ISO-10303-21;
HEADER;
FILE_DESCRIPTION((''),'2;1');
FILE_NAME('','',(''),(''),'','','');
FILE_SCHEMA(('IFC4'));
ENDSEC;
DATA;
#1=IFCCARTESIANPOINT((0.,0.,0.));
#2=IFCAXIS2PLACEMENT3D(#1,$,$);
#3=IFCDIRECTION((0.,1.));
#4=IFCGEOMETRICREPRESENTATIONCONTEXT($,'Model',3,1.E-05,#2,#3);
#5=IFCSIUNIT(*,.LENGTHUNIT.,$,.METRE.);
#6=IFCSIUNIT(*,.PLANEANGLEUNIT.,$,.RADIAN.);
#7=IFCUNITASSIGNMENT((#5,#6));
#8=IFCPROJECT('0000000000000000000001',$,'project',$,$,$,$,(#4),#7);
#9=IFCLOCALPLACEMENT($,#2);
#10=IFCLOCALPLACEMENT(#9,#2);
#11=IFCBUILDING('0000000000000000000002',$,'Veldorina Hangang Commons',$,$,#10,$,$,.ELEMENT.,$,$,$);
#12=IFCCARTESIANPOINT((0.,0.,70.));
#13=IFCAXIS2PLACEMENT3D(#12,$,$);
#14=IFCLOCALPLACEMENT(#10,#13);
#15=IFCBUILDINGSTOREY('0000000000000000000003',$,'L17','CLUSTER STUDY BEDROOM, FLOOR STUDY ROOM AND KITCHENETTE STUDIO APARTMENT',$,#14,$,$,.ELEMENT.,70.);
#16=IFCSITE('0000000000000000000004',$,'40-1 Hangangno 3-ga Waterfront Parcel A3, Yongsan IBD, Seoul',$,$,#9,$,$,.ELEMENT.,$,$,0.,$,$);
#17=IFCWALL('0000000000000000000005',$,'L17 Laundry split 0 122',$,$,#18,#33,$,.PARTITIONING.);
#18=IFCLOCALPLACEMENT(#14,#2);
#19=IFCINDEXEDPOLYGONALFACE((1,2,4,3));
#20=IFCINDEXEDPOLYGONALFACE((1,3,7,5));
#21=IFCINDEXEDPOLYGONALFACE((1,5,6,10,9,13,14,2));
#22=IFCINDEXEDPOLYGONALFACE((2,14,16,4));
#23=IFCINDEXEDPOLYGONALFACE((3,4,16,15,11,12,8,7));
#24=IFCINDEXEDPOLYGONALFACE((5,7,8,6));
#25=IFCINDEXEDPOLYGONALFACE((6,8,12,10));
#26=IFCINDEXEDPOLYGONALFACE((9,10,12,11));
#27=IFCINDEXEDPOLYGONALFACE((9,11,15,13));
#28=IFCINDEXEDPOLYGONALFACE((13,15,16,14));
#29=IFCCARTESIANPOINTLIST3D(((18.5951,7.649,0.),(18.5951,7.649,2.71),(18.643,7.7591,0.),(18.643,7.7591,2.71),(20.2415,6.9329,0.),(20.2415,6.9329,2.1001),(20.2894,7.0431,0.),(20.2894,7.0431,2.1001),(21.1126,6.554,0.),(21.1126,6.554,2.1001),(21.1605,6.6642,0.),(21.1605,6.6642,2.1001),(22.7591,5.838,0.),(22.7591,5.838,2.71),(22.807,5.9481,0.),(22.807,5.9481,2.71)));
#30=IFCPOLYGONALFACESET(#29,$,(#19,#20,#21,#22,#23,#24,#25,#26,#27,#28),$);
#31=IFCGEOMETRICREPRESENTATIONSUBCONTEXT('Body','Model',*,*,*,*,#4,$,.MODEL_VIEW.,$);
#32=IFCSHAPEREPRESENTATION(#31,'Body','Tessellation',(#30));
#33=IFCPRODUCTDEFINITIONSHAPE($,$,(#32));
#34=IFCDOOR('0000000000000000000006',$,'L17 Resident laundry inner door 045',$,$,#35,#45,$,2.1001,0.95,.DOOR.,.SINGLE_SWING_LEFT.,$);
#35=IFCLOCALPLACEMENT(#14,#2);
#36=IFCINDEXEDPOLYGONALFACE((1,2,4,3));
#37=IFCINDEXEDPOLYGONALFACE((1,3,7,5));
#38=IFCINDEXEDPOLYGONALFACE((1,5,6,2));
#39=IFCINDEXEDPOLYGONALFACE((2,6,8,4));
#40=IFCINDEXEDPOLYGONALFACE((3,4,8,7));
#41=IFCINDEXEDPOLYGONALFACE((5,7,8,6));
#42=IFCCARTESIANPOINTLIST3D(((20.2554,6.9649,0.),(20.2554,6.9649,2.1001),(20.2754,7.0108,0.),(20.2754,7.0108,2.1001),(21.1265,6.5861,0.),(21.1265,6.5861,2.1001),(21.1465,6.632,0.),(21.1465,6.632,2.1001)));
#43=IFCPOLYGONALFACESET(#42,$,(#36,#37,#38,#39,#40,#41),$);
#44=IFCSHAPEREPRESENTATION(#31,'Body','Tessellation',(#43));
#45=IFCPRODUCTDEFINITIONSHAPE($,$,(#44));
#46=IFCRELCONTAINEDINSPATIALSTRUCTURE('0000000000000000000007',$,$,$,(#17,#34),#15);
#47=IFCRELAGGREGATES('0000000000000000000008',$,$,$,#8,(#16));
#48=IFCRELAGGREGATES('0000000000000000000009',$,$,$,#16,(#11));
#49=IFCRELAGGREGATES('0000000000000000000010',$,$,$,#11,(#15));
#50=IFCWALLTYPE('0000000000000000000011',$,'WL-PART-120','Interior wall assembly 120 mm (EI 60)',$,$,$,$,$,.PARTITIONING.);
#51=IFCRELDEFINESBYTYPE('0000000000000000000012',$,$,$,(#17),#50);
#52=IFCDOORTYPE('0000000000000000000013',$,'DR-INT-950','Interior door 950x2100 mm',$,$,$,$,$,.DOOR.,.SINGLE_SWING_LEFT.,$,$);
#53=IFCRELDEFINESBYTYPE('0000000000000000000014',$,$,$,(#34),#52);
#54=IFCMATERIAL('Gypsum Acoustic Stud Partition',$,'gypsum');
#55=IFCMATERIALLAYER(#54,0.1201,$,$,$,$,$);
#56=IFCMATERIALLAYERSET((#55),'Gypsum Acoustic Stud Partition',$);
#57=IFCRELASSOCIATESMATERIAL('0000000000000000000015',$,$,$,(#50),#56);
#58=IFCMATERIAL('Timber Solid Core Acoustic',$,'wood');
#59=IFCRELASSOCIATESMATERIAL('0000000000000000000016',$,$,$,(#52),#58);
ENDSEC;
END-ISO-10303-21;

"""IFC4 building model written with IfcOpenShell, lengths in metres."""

from ifc_helpers import new_model, si_unit, direction, frame, frame_2d, origin, place, context, subcontext, project, spatial, rectangle, extrude, material, layer, layer_set, type_object, element, fill, save


model = new_model("IFC4")

# Units and contexts
model_context = context("Model", 3, precision=1e-05, world=origin(), true_north=direction((0.0, 1.0)))
body_context = subcontext(model_context, "Body", "Model", "MODEL_VIEW")
ifc_project = project(units=[si_unit("LENGTHUNIT", "METRE"), si_unit("PLANEANGLEUNIT", "RADIAN")], contexts=[model_context])

# Site, building, storey
site_placement = place(None, origin())
site = spatial("IfcSite", under=ifc_project, at=site_placement, Name="40-1 Hangangno 3-ga Waterfront Parcel A3, Yongsan IBD, Seoul", CompositionType="ELEMENT", RefElevation=0.0)
building_placement = place(site_placement, origin())
building = spatial("IfcBuilding", under=site, at=building_placement, Name="Veldorina Hangang Commons", CompositionType="ELEMENT")
storey_placement = place(building_placement, frame((0.0, 0.0, 70.0)))
storey = spatial("IfcBuildingStorey", under=building, at=storey_placement, Name="L17", Description="CLUSTER STUDY BEDROOM, FLOOR STUDY ROOM AND KITCHENETTE STUDIO APARTMENT", CompositionType="ELEMENT", Elevation=70.0)

# Shared definitions
ifc_material_1 = material(Name="Timber Solid Core Acoustic", Category="wood")

# Wall, opening, door
ifc_material_2 = material(Name="Gypsum Acoustic Stud Partition", Category="gypsum")
ifc_layer_1 = layer(ifc_material_2, 0.1201)
ifc_layer_set_1 = layer_set([ifc_layer_1], Name="Gypsum Acoustic Stud Partition")
wall_type_1 = type_object("IfcWallType", Name="WL-PART-120", Description="Interior wall assembly 120 mm (EI 60)", PredefinedType="PARTITIONING", material=ifc_layer_set_1)
wall_1_placement = place(storey_placement, frame((18.6189, 7.7041, 0.0), z_axis=(0.0, 0.0, 1.0), x_axis=(0.917024, -0.398832, 0.0)))
wall_1 = element("IfcWall", 1, at=wall_1_placement, inside=storey, type_object=wall_type_1, Name="L17 Laundry split 0 122", PredefinedType="PARTITIONING", context=body_context, shape_type="SweptSolid", body=[
    extrude(rectangle(XDim=4.5408, YDim=0.1201, at=frame_2d((2.2705, 0.0))), origin(), (0.0, 0.0, 1.0), 2.71),
])
opening_1_placement = place(wall_1_placement, frame((1.7954, 0.0, 0.0)))
opening_1 = element("IfcOpeningElement", 2, at=opening_1_placement, cuts=wall_1, PredefinedType="OPENING", context=body_context, shape_type="SweptSolid", body=[
    extrude(rectangle(XDim=0.95, YDim=2.1001, at=frame_2d((0.4751, 1.05))), frame((0.0, 0.0701, 0.0), z_axis=(0.0, -1.0, 0.0), x_axis=(1.0, 0.0, 0.0)), (0.0, 0.0, 1.0), 0.1401),
])
door_type_1 = type_object("IfcDoorType", Name="DR-INT-950", Description="Interior door 950x2100 mm", OperationType="SINGLE_SWING_LEFT", PredefinedType="DOOR", material=ifc_material_1)
door_1_placement = place(opening_1_placement, origin())
door_1 = element("IfcDoor", 3, at=door_1_placement, inside=storey, type_object=door_type_1, Name="L17 Resident laundry inner door 045", OperationType="SINGLE_SWING_LEFT", OverallHeight=2.1001, OverallWidth=0.95, PredefinedType="DOOR", context=body_context, shape_type="SweptSolid", body=[
    extrude(rectangle(XDim=0.95, YDim=2.1001, at=frame_2d((0.4751, 1.05))), frame((0.0, 0.0249, 0.0), z_axis=(0.0, -1.0, 0.0), x_axis=(1.0, 0.0, 0.0)), (0.0, 0.0, 1.0), 0.05),
])
fill(opening_1, door_1)

save(model, "model.ifc")
